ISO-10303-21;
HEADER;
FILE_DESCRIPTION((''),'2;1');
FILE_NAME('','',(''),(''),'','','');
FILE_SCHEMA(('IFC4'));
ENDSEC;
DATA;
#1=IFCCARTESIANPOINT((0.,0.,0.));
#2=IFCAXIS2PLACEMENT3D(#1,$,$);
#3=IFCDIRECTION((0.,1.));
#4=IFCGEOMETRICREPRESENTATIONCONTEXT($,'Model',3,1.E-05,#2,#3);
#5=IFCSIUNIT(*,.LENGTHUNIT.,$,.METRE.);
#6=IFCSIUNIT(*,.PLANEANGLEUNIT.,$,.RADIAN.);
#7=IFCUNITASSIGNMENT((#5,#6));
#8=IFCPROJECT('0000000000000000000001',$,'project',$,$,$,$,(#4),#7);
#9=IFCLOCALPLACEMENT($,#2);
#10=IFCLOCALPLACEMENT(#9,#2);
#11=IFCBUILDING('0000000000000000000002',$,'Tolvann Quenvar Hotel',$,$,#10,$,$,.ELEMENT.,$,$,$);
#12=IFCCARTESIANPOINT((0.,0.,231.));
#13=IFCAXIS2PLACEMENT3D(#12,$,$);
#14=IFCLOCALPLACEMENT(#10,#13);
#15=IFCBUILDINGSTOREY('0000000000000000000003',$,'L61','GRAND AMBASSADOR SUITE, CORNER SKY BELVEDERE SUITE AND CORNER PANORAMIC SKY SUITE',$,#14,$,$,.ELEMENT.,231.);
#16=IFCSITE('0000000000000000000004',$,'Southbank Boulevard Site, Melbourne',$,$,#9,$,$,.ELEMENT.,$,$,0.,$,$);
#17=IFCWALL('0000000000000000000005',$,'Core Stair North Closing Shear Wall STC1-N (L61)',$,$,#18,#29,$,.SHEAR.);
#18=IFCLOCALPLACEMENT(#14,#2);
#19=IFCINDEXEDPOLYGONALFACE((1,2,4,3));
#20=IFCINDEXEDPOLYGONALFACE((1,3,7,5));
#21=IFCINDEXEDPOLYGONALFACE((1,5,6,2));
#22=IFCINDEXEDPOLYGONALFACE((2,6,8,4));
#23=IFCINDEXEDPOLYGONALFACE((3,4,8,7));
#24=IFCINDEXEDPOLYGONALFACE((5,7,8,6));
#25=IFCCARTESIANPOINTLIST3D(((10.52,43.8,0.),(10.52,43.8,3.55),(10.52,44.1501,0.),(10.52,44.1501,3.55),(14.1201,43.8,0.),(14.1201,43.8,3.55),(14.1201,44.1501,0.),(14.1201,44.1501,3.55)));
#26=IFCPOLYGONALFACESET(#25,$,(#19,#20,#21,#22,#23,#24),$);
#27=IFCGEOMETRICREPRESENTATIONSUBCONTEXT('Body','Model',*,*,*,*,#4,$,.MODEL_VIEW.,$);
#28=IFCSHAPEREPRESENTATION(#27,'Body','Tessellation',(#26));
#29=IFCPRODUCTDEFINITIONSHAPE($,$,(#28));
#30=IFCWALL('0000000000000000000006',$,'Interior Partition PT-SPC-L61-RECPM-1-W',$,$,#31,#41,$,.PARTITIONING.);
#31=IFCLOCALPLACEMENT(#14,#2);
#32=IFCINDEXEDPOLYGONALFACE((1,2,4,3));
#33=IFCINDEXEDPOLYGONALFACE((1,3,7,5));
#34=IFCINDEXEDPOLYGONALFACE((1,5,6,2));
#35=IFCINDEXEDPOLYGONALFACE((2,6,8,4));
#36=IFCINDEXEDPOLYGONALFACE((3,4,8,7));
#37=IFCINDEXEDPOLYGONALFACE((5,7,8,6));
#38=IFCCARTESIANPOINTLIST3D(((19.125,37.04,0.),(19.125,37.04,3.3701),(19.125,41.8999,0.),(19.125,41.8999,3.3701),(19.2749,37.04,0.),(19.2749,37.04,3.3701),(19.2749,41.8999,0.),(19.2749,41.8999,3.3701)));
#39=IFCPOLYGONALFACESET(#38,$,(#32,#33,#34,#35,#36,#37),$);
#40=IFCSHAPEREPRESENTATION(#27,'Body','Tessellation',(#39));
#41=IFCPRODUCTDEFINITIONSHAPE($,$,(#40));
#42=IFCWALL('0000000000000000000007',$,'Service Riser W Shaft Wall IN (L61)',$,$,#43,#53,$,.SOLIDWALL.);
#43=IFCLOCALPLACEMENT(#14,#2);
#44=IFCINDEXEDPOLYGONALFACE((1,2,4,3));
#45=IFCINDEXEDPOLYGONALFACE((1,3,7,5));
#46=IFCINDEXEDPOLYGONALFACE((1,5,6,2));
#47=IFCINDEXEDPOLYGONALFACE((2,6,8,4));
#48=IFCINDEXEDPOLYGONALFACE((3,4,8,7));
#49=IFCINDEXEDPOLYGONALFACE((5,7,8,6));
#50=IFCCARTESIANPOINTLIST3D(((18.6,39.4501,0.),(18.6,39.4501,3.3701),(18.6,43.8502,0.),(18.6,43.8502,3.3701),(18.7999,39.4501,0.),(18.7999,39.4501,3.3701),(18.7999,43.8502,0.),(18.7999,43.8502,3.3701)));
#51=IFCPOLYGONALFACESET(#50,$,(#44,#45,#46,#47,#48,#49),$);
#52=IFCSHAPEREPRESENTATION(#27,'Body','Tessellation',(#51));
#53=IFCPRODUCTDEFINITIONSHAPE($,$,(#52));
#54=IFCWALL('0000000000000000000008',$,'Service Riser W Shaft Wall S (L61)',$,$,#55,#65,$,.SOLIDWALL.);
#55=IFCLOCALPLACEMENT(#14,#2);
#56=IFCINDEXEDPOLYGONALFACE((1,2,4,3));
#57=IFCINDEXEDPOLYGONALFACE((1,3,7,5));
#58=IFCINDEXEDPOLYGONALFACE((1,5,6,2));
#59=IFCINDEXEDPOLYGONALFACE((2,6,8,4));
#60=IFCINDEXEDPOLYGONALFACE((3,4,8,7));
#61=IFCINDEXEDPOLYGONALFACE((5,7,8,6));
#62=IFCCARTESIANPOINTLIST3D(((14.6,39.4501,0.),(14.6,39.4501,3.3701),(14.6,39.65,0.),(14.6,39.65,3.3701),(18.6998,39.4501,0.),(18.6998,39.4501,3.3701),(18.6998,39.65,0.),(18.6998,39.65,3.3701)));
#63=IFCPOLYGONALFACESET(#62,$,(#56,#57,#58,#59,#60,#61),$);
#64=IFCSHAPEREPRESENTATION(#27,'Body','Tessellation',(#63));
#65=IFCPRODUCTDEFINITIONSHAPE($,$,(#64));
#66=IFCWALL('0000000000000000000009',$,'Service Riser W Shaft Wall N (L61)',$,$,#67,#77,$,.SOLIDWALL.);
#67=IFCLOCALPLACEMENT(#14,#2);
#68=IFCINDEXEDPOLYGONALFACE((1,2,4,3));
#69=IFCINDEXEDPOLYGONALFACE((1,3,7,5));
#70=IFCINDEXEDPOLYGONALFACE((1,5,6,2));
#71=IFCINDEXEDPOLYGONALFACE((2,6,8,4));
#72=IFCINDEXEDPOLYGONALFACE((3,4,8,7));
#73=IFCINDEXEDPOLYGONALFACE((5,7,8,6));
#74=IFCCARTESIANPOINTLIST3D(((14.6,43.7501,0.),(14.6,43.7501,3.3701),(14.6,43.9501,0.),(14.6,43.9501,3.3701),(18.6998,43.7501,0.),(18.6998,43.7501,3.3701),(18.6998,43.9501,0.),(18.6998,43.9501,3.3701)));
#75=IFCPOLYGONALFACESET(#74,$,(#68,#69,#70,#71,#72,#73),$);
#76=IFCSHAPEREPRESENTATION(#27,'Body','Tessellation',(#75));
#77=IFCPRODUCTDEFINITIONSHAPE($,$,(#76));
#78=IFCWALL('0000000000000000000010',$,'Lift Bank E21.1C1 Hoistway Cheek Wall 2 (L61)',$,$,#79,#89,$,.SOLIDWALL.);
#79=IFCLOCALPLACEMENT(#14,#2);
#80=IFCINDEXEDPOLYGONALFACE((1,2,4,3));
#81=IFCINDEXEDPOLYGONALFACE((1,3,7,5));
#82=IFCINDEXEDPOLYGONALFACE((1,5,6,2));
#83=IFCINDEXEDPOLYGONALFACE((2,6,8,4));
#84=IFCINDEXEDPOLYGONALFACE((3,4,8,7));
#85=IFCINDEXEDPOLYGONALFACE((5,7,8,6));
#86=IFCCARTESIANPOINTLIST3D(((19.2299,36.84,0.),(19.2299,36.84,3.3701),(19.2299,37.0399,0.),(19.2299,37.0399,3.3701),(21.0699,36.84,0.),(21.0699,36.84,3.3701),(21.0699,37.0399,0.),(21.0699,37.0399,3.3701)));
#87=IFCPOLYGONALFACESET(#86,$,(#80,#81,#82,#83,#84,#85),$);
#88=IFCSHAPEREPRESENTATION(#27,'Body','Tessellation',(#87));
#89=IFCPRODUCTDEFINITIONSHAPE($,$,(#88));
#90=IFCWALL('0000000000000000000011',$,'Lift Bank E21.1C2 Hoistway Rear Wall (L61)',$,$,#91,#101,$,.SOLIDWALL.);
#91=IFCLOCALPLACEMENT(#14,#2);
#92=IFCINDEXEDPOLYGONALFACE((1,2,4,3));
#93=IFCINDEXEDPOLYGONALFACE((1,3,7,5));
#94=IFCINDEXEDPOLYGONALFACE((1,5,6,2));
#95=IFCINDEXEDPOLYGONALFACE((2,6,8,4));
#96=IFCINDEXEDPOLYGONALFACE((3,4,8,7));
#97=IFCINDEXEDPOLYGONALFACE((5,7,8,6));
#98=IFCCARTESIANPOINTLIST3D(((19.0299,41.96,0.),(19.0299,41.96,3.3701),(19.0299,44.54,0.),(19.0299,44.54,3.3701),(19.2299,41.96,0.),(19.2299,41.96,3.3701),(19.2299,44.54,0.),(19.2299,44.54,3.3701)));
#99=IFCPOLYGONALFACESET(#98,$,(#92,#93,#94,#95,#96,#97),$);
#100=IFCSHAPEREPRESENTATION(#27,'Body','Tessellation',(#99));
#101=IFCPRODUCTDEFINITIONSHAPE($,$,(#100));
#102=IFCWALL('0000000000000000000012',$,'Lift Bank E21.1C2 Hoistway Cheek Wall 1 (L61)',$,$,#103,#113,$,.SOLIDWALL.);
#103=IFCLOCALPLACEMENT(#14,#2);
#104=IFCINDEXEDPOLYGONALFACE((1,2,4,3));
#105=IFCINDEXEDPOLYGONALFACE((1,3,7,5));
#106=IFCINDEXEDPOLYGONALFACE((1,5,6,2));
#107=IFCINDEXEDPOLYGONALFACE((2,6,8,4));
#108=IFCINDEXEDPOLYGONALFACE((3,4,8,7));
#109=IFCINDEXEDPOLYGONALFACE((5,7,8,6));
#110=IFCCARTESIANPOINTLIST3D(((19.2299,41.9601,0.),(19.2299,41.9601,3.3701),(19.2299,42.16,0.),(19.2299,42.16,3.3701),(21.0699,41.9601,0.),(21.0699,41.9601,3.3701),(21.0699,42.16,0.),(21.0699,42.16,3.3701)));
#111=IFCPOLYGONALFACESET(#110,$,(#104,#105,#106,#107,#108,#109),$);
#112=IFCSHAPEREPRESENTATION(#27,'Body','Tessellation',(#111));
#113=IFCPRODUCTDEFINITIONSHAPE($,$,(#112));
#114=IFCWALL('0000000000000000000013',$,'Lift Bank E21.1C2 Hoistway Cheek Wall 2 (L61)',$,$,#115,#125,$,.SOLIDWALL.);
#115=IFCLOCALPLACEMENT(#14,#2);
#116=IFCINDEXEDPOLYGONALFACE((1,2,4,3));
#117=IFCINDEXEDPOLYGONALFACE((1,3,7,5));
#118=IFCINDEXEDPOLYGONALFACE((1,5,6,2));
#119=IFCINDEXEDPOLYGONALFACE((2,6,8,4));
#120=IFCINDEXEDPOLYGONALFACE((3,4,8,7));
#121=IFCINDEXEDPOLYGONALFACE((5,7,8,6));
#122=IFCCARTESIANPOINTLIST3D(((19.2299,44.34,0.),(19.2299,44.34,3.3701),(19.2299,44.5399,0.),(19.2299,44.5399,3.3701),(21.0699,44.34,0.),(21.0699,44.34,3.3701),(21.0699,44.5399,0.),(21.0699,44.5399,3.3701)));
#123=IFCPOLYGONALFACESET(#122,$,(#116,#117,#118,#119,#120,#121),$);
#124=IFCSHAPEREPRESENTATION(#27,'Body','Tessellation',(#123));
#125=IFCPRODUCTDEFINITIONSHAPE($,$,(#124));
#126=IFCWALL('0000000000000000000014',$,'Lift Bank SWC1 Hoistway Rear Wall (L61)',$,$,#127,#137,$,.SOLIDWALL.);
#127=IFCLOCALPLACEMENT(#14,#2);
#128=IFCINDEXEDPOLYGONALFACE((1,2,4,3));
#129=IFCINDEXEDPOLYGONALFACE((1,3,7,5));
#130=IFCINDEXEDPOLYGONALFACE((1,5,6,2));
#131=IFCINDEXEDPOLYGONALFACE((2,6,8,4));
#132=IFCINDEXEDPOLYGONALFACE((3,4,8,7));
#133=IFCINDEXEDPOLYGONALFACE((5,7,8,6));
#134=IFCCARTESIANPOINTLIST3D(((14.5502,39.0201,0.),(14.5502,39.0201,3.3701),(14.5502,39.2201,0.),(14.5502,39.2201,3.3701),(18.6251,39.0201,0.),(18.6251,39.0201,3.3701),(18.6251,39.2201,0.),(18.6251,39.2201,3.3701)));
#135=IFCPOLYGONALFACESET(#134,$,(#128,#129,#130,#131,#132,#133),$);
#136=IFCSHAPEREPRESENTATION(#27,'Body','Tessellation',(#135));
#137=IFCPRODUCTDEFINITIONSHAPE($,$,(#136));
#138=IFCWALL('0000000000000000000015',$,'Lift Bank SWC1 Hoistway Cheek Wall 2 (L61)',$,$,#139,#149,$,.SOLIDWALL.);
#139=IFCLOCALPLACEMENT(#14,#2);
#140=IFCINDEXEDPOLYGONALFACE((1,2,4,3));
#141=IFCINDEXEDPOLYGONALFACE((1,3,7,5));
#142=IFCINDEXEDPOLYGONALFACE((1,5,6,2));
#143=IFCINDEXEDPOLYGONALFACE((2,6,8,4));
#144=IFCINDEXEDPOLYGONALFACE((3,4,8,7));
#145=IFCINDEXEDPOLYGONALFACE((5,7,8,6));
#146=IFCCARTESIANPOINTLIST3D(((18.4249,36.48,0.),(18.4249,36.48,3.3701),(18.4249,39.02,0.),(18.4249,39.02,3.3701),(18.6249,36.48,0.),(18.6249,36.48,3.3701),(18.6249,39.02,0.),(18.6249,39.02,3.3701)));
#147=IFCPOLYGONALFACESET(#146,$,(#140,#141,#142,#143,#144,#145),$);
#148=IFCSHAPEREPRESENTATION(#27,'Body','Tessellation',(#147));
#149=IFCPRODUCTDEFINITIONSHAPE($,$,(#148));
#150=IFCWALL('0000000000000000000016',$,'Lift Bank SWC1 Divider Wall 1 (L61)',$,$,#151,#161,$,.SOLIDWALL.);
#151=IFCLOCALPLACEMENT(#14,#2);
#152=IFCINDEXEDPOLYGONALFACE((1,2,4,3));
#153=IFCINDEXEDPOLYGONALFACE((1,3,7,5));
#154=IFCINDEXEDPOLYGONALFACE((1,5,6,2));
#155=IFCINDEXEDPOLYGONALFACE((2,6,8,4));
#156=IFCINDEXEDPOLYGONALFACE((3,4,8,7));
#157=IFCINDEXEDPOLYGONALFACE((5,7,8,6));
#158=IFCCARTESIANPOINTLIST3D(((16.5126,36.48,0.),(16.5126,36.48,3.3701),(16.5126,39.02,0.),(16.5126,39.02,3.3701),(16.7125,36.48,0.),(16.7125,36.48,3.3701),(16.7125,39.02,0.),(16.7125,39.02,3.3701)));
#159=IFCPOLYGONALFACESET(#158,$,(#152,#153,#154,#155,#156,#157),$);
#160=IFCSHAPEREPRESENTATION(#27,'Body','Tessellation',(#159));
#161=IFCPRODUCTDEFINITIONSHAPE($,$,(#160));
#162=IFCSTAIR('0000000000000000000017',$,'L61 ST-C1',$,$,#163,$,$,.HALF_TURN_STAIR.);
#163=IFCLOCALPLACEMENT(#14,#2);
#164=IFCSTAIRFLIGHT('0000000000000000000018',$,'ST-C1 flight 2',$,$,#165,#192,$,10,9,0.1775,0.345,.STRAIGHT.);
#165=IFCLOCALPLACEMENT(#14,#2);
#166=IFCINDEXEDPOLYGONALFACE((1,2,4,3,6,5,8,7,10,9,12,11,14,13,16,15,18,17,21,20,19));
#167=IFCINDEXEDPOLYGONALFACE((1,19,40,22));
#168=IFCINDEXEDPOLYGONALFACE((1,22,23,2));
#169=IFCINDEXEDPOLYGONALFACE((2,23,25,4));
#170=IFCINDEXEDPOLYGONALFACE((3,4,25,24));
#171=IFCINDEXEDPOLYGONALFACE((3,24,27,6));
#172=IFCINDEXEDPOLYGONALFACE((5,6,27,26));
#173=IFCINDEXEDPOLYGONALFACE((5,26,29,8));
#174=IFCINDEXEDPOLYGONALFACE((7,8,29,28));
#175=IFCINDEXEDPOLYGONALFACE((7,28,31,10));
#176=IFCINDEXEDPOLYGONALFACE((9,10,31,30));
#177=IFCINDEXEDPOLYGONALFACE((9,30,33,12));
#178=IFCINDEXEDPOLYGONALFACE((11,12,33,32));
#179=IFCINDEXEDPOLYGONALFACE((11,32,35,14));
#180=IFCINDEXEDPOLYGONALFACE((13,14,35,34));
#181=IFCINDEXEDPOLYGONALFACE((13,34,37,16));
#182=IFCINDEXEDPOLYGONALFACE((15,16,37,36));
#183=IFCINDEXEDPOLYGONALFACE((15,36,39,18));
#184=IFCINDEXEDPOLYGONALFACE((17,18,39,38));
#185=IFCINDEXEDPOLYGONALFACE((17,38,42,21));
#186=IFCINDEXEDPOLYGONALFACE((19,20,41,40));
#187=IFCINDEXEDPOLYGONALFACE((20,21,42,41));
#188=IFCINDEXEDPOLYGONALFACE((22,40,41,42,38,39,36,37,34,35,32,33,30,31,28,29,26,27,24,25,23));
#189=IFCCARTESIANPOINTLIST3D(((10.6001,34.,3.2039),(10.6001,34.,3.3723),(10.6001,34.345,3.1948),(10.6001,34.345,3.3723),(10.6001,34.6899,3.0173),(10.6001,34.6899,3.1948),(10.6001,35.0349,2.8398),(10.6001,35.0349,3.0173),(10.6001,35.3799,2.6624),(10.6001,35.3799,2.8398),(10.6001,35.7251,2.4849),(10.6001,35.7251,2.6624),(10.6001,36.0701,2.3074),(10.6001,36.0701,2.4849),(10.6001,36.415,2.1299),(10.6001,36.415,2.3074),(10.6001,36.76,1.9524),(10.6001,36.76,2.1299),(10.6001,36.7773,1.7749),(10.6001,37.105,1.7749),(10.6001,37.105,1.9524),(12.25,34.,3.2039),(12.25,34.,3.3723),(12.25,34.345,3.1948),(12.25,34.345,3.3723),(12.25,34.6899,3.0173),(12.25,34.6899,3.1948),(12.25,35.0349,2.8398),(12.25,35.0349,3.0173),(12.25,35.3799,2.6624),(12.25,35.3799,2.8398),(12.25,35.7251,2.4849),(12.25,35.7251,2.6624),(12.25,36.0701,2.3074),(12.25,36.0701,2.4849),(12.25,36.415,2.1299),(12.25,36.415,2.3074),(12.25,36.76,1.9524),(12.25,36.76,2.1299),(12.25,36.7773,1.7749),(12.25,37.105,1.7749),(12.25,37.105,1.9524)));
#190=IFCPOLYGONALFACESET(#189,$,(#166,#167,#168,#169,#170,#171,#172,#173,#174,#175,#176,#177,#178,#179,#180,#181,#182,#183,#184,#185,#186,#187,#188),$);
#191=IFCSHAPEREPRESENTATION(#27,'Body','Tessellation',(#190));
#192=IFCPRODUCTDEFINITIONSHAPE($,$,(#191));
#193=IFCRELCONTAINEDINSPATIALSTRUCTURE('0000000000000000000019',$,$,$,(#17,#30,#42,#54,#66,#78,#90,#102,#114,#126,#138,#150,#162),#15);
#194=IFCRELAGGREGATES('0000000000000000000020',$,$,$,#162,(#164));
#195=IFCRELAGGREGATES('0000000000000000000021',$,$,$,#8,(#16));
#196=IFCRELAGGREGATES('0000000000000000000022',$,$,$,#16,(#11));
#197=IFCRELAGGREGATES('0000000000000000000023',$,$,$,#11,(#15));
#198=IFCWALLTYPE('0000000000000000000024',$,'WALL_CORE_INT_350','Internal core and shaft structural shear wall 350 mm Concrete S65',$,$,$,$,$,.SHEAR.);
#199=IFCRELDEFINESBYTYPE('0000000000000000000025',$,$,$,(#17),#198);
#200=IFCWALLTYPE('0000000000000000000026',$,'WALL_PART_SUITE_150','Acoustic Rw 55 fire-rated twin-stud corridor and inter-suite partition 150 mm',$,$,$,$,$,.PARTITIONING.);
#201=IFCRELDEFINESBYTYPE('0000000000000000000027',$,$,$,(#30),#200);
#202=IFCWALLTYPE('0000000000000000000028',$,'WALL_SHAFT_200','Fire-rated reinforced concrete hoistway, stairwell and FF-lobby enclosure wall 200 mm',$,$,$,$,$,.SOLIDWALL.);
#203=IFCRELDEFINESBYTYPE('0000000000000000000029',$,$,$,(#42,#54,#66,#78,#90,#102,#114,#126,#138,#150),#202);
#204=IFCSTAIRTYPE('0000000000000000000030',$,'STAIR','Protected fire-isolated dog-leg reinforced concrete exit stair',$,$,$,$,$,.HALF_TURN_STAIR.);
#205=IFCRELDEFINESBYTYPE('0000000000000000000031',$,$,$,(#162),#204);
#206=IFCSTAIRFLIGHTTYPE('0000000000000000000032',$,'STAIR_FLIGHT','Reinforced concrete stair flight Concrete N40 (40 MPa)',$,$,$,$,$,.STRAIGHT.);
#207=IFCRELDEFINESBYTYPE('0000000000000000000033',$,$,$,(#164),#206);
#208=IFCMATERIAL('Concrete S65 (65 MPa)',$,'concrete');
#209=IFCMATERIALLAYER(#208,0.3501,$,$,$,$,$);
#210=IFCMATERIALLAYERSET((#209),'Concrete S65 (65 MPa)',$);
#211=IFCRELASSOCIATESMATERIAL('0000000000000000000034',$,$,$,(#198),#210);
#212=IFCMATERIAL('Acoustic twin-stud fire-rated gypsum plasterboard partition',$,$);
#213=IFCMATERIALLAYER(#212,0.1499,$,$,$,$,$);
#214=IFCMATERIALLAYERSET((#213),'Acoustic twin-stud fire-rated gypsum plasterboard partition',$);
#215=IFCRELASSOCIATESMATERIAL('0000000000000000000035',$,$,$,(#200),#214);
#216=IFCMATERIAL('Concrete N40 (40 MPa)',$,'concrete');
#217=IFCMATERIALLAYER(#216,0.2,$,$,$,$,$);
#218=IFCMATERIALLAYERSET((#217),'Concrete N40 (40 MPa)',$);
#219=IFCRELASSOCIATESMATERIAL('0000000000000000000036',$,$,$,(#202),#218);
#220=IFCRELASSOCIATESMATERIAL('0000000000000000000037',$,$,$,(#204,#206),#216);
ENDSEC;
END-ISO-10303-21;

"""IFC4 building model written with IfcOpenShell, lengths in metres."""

from ifc_helpers import new_model, si_unit, direction, frame, frame_2d, origin, place, context, subcontext, project, spatial, polyline, rectangle, outline, extrude, material, layer, layer_set, type_object, element, aggregate, save


model = new_model("IFC4")

# Units and contexts
model_context = context("Model", 3, precision=1e-05, world=origin(), true_north=direction((0.0, 1.0)))
body_context = subcontext(model_context, "Body", "Model", "MODEL_VIEW")
ifc_project = project(units=[si_unit("LENGTHUNIT", "METRE"), si_unit("PLANEANGLEUNIT", "RADIAN")], contexts=[model_context])

# Site, building, storey
site_placement = place(None, origin())
site = spatial("IfcSite", under=ifc_project, at=site_placement, Name="Southbank Boulevard Site, Melbourne", CompositionType="ELEMENT", RefElevation=0.0)
building_placement = place(site_placement, origin())
building = spatial("IfcBuilding", under=site, at=building_placement, Name="Tolvann Quenvar Hotel", CompositionType="ELEMENT")
storey_placement = place(building_placement, frame((0.0, 0.0, 231.0)))
storey = spatial("IfcBuildingStorey", under=building, at=storey_placement, Name="L61", Description="GRAND AMBASSADOR SUITE, CORNER SKY BELVEDERE SUITE AND CORNER PANORAMIC SKY SUITE", CompositionType="ELEMENT", Elevation=231.0)

# Walls
ifc_material_1 = material(Name="Concrete S65 (65 MPa)", Category="concrete")
ifc_layer_1 = layer(ifc_material_1, 0.3501)
ifc_layer_set_1 = layer_set([ifc_layer_1], Name="Concrete S65 (65 MPa)")
wall_type_1 = type_object("IfcWallType", Name="WALL_CORE_INT_350", Description="Internal core and shaft structural shear wall 350 mm Concrete S65", PredefinedType="SHEAR", material=ifc_layer_set_1)
wall_1_placement = place(storey_placement, frame((10.52, 43.9751, 0.0), z_axis=(0.0, 0.0, 1.0), x_axis=(1.0, 0.0, 0.0)))
element("IfcWall", 1, at=wall_1_placement, inside=storey, type_object=wall_type_1, Name="Core Stair North Closing Shear Wall STC1-N (L61)", PredefinedType="SHEAR", context=body_context, shape_type="SweptSolid", body=[
    extrude(rectangle(XDim=3.6001, YDim=0.3501, at=frame_2d((1.8, 0.0))), origin(), (0.0, 0.0, 1.0), 3.55),
])
ifc_material_2 = material(Name="Acoustic twin-stud fire-rated gypsum plasterboard partition")
ifc_layer_2 = layer(ifc_material_2, 0.1499)
ifc_layer_set_2 = layer_set([ifc_layer_2], Name="Acoustic twin-stud fire-rated gypsum plasterboard partition")
wall_type_2 = type_object("IfcWallType", Name="WALL_PART_SUITE_150", Description="Acoustic Rw 55 fire-rated twin-stud corridor and inter-suite partition 150 mm", PredefinedType="PARTITIONING", material=ifc_layer_set_2)
wall_2_placement = place(storey_placement, frame((19.2, 37.04, 0.0), z_axis=(0.0, 0.0, 1.0), x_axis=(0.0, 1.0, 0.0)))
element("IfcWall", 2, at=wall_2_placement, inside=storey, type_object=wall_type_2, Name="Interior Partition PT-SPC-L61-RECPM-1-W", PredefinedType="PARTITIONING", context=body_context, shape_type="SweptSolid", body=[
    extrude(rectangle(XDim=4.8599, YDim=0.1499, at=frame_2d((2.4299, 0.0))), origin(), (0.0, 0.0, 1.0), 3.3701),
])
ifc_material_3 = material(Name="Concrete N40 (40 MPa)", Category="concrete")
ifc_layer_3 = layer(ifc_material_3, 0.2)
ifc_layer_set_3 = layer_set([ifc_layer_3], Name="Concrete N40 (40 MPa)")
wall_type_3 = type_object("IfcWallType", Name="WALL_SHAFT_200", Description="Fire-rated reinforced concrete hoistway, stairwell and FF-lobby enclosure wall 200 mm", PredefinedType="SOLIDWALL", material=ifc_layer_set_3)
wall_3_placement = place(storey_placement, frame((18.7, 39.45, 0.0), z_axis=(0.0, 0.0, 1.0), x_axis=(0.0, 1.0, 0.0)))
element("IfcWall", 3, at=wall_3_placement, inside=storey, type_object=wall_type_3, Name="Service Riser W Shaft Wall IN (L61)", PredefinedType="SOLIDWALL", context=body_context, shape_type="SweptSolid", body=[
    extrude(rectangle(XDim=4.4001, YDim=0.2, at=frame_2d((2.2002, 0.0))), origin(), (0.0, 0.0, 1.0), 3.3701),
])
for number, where, z_axis, x_axis, name in (
    (4, (14.6001, 39.55, 0.0), (0.0, 0.0, 1.0), (1.0, 0.0, 0.0), "Service Riser W Shaft Wall S (L61)"),
    (5, (14.6001, 43.8501, 0.0), (0.0, 0.0, 1.0), (1.0, 0.0, 0.0), "Service Riser W Shaft Wall N (L61)"),
):
    element("IfcWall", number, at=place(storey_placement, frame(where, z_axis=z_axis, x_axis=x_axis)), inside=storey, type_object=wall_type_3, Name=name, PredefinedType="SOLIDWALL", context=body_context, shape_type="SweptSolid", body=[
        extrude(rectangle(XDim=4.0999, YDim=0.2, at=frame_2d((2.0498, 0.0))), origin(), (0.0, 0.0, 1.0), 3.3701),
    ])
wall_4_placement = place(storey_placement, frame((19.23, 36.9399, 0.0), z_axis=(0.0, 0.0, 1.0), x_axis=(1.0, 0.0, 0.0)))
element("IfcWall", 6, at=wall_4_placement, inside=storey, type_object=wall_type_3, Name="Lift Bank E21.1C1 Hoistway Cheek Wall 2 (L61)", PredefinedType="SOLIDWALL", context=body_context, shape_type="SweptSolid", body=[
    extrude(rectangle(XDim=1.8401, YDim=0.2, at=frame_2d((0.9199, 0.0))), origin(), (0.0, 0.0, 1.0), 3.3701),
])
wall_5_placement = place(storey_placement, frame((19.1299, 41.96, 0.0), z_axis=(0.0, 0.0, 1.0), x_axis=(0.0, 1.0, 0.0)))
element("IfcWall", 7, at=wall_5_placement, inside=storey, type_object=wall_type_3, Name="Lift Bank E21.1C2 Hoistway Rear Wall (L61)", PredefinedType="SOLIDWALL", context=body_context, shape_type="SweptSolid", body=[
    extrude(rectangle(XDim=2.5801, YDim=0.2, at=frame_2d((1.29, 0.0))), origin(), (0.0, 0.0, 1.0), 3.3701),
])
for number, where, z_axis, x_axis, name in (
    (8, (19.23, 42.0601, 0.0), (0.0, 0.0, 1.0), (1.0, 0.0, 0.0), "Lift Bank E21.1C2 Hoistway Cheek Wall 1 (L61)"),
    (9, (19.23, 44.4399, 0.0), (0.0, 0.0, 1.0), (1.0, 0.0, 0.0), "Lift Bank E21.1C2 Hoistway Cheek Wall 2 (L61)"),
):
    element("IfcWall", number, at=place(storey_placement, frame(where, z_axis=z_axis, x_axis=x_axis)), inside=storey, type_object=wall_type_3, Name=name, PredefinedType="SOLIDWALL", context=body_context, shape_type="SweptSolid", body=[
        extrude(rectangle(XDim=1.8401, YDim=0.2, at=frame_2d((0.9199, 0.0))), origin(), (0.0, 0.0, 1.0), 3.3701),
    ])
wall_6_placement = place(storey_placement, frame((14.55, 39.1201, 0.0), z_axis=(0.0, 0.0, 1.0), x_axis=(1.0, 0.0, 0.0)))
element("IfcWall", 10, at=wall_6_placement, inside=storey, type_object=wall_type_3, Name="Lift Bank SWC1 Hoistway Rear Wall (L61)", PredefinedType="SOLIDWALL", context=body_context, shape_type="SweptSolid", body=[
    extrude(rectangle(XDim=4.075, YDim=0.2, at=frame_2d((2.0376, 0.0))), origin(), (0.0, 0.0, 1.0), 3.3701),
])
for number, where, z_axis, x_axis, name in (
    (11, (18.5249, 36.48, 0.0), (0.0, 0.0, 1.0), (0.0, 1.0, 0.0), "Lift Bank SWC1 Hoistway Cheek Wall 2 (L61)"),
    (12, (16.6125, 36.48, 0.0), (0.0, 0.0, 1.0), (0.0, 1.0, 0.0), "Lift Bank SWC1 Divider Wall 1 (L61)"),
):
    element("IfcWall", number, at=place(storey_placement, frame(where, z_axis=z_axis, x_axis=x_axis)), inside=storey, type_object=wall_type_3, Name=name, PredefinedType="SOLIDWALL", context=body_context, shape_type="SweptSolid", body=[
        extrude(rectangle(XDim=2.54, YDim=0.2, at=frame_2d((1.27, 0.0))), origin(), (0.0, 0.0, 1.0), 3.3701),
    ])

# Stair, stair flight
stair_type = type_object("IfcStairType", Name="STAIR", Description="Protected fire-isolated dog-leg reinforced concrete exit stair", PredefinedType="HALF_TURN_STAIR", material=ifc_material_3)
stair_placement = place(storey_placement, origin())
stair = element("IfcStair", 13, at=stair_placement, inside=storey, type_object=stair_type, Name="L61 ST-C1", PredefinedType="HALF_TURN_STAIR")
stair_flight_type = type_object("IfcStairFlightType", Name="STAIR_FLIGHT", Description="Reinforced concrete stair flight Concrete N40 (40 MPa)", PredefinedType="STRAIGHT", material=ifc_material_3)
stair_flight_placement = place(storey_placement, frame((11.425, 37.105, 1.7749), z_axis=(0.0, 0.0, 1.0), x_axis=(0.0, -1.0, 0.0)))
stair_flight = element("IfcStairFlight", 14, at=stair_flight_placement, type_object=stair_flight_type, Name="ST-C1 flight 2", NumberOfRisers=10, NumberOfTreads=9, PredefinedType="STRAIGHT", RiserHeight=0.1775, TreadLength=0.345, context=body_context, shape_type="SweptSolid", body=[
    extrude(outline(polyline([(0.0, 0.0), (0.0, 0.1775), (0.345, 0.1775), (0.345, 0.355), (0.6899, 0.355), (0.6899, 0.5325), (1.0349, 0.5325), (1.0349, 0.71), (1.3799, 0.71), (1.3799, 0.8875), (1.7251, 0.8875), (1.7251, 1.0649), (2.0701, 1.0649), (2.0701, 1.2424), (2.415, 1.2424), (2.415, 1.4199), (2.76, 1.4199), (2.76, 1.5974), (3.105, 1.5974), (3.105, 1.7749), (3.105, 1.429), (0.3276, 0.0), (0.0, 0.0)])), frame((0.0, 0.825, 0.0), z_axis=(0.0, -1.0, 0.0), x_axis=(1.0, 0.0, 0.0)), (0.0, 0.0, 1.0), 1.6499),
])
aggregate(stair, [stair_flight])

save(model, "model.ifc")
